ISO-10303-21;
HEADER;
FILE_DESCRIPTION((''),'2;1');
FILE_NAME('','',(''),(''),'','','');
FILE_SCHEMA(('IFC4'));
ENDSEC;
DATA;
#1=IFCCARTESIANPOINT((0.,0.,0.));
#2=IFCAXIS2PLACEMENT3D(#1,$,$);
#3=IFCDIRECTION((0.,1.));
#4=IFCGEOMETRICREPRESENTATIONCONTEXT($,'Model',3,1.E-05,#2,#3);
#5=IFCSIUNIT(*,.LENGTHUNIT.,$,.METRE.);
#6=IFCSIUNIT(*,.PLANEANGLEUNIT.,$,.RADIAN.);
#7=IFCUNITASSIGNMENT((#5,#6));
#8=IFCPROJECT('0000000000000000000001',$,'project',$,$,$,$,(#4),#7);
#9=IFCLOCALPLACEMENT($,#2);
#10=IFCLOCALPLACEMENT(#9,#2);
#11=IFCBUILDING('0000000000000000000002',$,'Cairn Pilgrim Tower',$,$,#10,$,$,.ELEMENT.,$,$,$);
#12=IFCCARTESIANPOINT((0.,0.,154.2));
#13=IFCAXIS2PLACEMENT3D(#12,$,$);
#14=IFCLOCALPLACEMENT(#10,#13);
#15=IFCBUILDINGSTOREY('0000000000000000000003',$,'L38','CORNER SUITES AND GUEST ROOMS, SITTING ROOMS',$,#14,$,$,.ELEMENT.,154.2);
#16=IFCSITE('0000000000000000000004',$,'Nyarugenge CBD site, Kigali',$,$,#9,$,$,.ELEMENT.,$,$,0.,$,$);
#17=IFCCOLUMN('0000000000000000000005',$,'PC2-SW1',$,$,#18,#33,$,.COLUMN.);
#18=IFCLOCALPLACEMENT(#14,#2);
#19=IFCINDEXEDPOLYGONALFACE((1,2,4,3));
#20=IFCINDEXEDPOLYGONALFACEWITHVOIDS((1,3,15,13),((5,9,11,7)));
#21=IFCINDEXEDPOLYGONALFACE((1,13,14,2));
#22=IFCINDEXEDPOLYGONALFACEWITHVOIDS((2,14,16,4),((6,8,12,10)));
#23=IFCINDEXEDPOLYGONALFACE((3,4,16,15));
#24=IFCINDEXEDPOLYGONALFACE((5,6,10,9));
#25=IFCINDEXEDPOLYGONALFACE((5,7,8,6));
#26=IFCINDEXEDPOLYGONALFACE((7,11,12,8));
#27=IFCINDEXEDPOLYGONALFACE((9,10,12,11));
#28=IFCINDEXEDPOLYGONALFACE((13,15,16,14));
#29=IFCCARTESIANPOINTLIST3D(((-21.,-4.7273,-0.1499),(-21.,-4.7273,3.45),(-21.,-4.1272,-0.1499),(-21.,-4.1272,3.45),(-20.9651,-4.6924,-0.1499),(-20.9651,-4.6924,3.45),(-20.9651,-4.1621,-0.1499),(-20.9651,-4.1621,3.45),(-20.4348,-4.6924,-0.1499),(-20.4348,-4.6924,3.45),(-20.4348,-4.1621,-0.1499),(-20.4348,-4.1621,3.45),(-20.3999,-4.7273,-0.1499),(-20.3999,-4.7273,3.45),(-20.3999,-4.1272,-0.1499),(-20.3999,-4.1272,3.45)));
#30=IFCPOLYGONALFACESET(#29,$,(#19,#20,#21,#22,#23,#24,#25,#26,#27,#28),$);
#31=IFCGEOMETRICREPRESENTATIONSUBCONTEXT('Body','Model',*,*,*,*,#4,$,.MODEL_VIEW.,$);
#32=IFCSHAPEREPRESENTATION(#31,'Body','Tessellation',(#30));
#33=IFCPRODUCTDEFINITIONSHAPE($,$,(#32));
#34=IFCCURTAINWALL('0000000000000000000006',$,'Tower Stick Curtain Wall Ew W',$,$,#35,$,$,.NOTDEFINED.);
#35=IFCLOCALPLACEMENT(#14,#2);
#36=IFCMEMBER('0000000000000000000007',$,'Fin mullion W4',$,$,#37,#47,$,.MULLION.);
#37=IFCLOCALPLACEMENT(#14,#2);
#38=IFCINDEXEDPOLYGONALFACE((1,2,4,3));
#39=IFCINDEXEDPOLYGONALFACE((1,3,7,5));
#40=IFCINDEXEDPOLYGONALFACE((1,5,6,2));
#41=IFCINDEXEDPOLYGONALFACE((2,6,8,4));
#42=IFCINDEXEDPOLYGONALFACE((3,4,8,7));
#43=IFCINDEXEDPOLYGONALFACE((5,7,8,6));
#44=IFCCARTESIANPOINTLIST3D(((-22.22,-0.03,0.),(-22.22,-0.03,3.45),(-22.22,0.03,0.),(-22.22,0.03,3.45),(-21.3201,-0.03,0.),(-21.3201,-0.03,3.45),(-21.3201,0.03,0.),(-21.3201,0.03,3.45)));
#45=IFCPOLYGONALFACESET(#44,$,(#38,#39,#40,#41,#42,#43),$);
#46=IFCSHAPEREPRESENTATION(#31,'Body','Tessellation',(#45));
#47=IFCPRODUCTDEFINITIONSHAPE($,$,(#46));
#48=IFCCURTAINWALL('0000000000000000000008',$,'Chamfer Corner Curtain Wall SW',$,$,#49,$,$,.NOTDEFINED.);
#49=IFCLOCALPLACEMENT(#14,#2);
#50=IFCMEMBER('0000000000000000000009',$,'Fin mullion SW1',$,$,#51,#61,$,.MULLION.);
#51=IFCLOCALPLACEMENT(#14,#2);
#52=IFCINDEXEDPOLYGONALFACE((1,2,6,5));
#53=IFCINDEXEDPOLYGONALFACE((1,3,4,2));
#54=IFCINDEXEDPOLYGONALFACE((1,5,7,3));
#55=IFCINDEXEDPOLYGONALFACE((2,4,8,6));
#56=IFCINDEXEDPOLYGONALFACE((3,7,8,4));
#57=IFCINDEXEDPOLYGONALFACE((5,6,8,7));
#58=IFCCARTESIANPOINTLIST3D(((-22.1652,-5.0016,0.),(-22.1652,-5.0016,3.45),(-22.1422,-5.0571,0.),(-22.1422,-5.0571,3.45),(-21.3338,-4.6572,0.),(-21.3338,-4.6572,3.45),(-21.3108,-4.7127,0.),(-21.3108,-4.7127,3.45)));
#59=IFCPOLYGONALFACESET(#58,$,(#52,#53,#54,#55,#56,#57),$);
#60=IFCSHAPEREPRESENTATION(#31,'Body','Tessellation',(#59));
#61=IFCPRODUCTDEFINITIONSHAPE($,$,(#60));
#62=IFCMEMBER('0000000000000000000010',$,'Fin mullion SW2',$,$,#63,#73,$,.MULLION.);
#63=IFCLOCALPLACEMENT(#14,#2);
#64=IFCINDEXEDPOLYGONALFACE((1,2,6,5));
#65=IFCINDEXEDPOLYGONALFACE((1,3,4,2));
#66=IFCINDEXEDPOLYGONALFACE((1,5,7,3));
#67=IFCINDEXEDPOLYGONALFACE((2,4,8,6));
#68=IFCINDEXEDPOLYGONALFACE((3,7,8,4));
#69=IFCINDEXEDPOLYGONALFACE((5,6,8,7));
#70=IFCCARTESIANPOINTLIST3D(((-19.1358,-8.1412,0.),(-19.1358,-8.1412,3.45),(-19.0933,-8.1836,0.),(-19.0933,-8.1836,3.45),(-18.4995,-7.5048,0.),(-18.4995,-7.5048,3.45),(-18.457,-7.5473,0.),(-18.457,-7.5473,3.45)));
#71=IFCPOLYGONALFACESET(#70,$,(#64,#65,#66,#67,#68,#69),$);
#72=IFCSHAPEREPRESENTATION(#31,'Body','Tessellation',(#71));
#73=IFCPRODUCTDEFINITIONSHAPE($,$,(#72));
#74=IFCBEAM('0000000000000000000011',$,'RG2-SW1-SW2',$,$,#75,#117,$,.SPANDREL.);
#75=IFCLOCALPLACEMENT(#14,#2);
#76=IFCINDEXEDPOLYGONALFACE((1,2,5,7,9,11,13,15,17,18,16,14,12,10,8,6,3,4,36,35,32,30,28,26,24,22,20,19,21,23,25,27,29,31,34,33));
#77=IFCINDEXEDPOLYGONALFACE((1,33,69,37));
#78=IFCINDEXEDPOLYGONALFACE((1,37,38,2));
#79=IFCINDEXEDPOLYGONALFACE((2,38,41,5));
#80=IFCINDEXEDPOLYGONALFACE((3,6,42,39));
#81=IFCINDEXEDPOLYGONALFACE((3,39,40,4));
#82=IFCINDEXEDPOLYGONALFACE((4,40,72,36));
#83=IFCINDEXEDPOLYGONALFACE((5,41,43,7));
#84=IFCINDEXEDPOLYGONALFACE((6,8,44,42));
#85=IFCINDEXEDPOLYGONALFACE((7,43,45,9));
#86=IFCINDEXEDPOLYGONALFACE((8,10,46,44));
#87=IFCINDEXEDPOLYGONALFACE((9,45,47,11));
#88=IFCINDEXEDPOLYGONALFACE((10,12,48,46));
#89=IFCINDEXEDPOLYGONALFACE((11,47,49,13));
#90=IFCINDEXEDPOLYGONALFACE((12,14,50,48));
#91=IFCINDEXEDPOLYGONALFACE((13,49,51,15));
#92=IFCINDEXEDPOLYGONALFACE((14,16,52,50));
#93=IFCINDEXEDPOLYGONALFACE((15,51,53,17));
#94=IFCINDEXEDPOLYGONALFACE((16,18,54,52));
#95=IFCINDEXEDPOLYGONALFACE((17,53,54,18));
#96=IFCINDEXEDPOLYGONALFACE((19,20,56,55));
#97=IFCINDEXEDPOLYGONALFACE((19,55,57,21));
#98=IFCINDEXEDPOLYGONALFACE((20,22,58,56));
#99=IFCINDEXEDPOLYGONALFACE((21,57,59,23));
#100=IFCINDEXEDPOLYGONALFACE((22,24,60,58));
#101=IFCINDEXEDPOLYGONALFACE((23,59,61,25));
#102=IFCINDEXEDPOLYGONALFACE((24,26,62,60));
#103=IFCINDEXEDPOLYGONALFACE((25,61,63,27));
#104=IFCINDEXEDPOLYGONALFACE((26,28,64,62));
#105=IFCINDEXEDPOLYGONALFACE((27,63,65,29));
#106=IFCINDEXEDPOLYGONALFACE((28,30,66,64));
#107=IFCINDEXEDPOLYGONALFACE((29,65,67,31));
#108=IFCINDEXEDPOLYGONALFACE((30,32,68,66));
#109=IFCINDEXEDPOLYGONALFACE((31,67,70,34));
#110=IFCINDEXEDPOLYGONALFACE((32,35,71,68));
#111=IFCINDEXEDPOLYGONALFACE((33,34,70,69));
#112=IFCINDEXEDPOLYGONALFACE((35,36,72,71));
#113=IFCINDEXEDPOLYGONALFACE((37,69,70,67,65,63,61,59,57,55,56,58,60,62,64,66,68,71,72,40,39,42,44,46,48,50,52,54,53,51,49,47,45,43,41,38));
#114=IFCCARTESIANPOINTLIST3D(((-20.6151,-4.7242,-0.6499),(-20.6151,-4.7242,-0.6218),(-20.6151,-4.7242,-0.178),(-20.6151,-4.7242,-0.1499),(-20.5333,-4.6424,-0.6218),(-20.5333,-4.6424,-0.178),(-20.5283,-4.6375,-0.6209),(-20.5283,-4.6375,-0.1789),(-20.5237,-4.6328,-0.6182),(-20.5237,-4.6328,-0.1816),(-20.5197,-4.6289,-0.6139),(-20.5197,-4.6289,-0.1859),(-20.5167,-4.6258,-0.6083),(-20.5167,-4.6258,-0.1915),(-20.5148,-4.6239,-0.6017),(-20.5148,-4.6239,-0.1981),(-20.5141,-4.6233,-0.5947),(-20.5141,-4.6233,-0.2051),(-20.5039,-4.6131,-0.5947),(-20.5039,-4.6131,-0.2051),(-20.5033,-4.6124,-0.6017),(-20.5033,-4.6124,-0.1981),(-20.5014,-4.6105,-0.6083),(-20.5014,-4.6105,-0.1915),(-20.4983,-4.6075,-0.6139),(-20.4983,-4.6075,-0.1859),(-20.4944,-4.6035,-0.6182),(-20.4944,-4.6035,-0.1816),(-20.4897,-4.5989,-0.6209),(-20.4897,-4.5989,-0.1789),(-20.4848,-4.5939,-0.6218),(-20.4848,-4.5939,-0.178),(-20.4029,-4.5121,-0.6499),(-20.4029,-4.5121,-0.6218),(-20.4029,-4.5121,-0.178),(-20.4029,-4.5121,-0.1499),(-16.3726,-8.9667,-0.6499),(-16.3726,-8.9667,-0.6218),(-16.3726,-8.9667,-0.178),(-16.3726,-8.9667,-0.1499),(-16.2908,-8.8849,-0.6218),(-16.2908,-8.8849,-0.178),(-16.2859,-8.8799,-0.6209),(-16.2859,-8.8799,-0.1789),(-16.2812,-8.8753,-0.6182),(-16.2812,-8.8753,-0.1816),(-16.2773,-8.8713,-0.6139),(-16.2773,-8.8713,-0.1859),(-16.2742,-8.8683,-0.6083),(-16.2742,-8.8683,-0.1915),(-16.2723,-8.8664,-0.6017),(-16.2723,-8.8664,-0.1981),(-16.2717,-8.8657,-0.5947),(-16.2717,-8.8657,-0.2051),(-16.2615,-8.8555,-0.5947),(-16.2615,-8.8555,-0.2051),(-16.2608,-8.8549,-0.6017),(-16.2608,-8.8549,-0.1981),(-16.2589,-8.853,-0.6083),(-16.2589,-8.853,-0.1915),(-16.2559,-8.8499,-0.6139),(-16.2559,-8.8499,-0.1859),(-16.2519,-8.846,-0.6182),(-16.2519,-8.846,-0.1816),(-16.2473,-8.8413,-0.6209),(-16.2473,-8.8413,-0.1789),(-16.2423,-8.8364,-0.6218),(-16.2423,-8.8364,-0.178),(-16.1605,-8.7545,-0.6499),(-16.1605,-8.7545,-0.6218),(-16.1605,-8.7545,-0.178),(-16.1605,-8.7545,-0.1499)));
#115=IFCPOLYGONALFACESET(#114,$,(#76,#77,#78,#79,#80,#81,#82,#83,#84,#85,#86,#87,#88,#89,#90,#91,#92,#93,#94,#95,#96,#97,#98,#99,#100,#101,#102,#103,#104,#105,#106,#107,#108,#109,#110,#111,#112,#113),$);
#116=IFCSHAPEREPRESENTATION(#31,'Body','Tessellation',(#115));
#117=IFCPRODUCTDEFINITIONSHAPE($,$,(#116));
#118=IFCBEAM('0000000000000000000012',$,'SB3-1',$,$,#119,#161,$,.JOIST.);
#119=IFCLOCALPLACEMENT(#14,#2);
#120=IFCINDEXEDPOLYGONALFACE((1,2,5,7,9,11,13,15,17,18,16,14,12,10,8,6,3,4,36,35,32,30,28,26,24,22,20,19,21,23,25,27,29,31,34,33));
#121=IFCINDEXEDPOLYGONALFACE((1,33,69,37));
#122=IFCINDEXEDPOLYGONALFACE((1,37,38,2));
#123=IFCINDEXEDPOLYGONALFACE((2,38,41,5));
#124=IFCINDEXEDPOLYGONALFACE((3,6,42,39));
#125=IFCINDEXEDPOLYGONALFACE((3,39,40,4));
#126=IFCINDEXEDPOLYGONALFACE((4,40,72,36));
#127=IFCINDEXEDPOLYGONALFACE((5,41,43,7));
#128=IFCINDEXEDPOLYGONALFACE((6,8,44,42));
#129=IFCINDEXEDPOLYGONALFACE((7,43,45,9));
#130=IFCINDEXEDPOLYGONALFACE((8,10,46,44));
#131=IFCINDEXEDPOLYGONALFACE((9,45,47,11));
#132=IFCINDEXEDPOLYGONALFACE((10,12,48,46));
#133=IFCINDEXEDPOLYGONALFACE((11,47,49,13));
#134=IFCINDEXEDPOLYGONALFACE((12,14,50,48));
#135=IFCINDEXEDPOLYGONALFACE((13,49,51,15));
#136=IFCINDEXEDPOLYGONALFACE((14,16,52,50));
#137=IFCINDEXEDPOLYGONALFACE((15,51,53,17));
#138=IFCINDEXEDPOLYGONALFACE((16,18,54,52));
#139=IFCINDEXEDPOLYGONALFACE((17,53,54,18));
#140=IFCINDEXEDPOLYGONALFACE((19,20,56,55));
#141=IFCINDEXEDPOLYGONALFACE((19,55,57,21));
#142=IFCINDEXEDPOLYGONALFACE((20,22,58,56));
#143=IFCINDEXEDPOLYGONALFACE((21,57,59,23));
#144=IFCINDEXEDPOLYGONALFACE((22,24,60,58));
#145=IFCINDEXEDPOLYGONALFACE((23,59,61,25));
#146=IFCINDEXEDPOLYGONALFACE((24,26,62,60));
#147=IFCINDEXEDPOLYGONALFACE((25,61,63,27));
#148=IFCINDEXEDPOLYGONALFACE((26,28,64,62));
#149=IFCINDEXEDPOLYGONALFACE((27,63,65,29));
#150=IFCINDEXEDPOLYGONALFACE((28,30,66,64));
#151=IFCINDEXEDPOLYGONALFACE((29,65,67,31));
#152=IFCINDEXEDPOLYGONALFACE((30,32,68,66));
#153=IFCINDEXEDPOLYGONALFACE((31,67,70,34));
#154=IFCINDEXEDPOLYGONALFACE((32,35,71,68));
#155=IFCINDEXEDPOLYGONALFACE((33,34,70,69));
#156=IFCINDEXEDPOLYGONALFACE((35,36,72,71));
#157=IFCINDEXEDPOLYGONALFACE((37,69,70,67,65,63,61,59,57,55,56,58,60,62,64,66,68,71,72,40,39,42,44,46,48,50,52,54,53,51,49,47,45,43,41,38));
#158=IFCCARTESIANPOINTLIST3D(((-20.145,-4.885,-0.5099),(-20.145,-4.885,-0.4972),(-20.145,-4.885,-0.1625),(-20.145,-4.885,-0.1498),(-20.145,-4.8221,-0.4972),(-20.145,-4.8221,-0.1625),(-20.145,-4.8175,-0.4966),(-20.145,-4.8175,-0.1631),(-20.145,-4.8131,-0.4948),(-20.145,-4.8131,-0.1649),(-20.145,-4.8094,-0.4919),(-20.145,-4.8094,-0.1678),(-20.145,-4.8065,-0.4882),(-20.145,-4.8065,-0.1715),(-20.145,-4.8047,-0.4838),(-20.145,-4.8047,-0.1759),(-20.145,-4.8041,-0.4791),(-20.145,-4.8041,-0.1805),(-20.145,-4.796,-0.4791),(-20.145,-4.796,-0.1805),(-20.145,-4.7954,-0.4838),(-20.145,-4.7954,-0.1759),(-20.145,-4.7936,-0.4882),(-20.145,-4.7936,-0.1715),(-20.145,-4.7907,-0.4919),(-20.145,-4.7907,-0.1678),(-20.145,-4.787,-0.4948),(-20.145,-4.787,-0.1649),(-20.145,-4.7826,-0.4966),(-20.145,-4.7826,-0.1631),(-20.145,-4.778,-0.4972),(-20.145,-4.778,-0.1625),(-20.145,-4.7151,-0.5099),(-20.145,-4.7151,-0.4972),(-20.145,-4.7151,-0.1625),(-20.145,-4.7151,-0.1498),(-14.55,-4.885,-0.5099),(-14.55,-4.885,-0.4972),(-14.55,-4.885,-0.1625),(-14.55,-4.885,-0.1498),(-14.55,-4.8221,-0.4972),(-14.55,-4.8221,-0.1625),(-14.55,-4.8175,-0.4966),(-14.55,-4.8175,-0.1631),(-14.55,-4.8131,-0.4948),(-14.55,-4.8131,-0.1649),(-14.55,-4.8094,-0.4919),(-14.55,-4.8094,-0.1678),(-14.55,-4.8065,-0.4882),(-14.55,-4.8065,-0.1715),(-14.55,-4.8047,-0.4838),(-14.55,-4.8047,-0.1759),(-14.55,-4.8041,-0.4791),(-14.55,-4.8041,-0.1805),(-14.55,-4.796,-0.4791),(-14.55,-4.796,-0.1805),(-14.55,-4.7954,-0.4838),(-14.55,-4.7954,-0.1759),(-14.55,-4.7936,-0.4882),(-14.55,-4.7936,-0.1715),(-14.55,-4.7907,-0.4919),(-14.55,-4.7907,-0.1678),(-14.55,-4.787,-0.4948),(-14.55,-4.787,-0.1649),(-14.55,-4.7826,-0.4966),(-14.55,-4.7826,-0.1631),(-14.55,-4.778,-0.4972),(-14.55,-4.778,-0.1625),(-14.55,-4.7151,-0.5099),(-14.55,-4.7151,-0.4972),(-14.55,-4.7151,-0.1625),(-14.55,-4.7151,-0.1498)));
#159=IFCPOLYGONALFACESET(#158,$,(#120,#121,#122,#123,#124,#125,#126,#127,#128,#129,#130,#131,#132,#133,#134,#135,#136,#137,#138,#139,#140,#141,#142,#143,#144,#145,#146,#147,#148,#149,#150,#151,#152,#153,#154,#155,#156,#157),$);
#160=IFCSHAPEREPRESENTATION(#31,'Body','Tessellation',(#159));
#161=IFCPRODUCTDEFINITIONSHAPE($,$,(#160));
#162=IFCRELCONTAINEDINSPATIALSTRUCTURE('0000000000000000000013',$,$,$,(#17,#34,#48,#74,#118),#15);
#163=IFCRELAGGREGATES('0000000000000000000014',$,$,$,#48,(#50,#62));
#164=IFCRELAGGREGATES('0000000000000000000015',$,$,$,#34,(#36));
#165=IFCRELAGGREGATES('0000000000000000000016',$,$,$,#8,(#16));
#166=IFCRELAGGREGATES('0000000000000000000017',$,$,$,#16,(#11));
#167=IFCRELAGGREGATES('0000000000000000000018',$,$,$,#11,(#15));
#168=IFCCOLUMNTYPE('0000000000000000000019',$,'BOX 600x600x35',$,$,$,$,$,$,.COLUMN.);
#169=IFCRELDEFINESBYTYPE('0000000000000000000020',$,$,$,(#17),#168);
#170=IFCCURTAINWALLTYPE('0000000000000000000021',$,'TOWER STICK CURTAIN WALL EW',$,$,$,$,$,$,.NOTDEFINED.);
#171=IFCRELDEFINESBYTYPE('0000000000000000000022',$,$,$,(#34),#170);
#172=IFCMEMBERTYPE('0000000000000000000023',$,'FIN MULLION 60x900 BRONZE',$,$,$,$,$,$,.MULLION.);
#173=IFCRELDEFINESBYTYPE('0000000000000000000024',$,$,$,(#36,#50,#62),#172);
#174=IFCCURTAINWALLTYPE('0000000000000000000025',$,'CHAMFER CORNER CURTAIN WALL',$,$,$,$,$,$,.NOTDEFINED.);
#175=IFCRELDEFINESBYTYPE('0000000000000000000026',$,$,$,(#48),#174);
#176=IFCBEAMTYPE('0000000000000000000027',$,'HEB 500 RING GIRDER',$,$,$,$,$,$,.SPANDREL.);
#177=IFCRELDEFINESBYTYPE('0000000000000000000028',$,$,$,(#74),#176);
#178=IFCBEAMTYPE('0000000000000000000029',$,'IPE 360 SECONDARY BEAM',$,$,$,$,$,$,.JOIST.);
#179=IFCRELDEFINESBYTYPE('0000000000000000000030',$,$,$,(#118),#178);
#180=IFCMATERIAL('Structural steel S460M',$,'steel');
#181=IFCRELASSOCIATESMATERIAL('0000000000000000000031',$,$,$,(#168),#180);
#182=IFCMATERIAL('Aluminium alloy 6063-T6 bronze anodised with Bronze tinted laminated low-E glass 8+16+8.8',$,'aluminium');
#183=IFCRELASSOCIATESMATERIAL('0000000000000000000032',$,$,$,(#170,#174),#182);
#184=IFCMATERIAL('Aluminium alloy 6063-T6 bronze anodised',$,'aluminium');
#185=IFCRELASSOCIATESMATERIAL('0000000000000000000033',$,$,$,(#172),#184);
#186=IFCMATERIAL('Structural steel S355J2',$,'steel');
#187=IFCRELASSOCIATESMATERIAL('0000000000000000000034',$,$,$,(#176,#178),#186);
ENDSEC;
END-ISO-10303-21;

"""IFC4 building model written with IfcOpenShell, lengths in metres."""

from ifc_helpers import new_model, si_unit, direction, frame, origin, origin_2d, place, context, subcontext, project, spatial, rectangle, hollow_rectangle, i_section, extrude, material, material_profile, profile_set, type_object, element, aggregate, save


model = new_model("IFC4")

# Units and contexts
model_context = context("Model", 3, precision=1e-05, world=origin(), true_north=direction((0.0, 1.0)))
body_context = subcontext(model_context, "Body", "Model", "MODEL_VIEW")
ifc_project = project(units=[si_unit("LENGTHUNIT", "METRE"), si_unit("PLANEANGLEUNIT", "RADIAN")], contexts=[model_context])

# Site, building, storey
site_placement = place(None, origin())
site = spatial("IfcSite", under=ifc_project, at=site_placement, Name="Nyarugenge CBD site, Kigali", CompositionType="ELEMENT", RefElevation=0.0)
building_placement = place(site_placement, origin())
building = spatial("IfcBuilding", under=site, at=building_placement, Name="Cairn Pilgrim Tower", CompositionType="ELEMENT")
storey_placement = place(building_placement, frame((0.0, 0.0, 154.2)))
storey = spatial("IfcBuildingStorey", under=building, at=storey_placement, Name="L38", Description="CORNER SUITES AND GUEST ROOMS, SITTING ROOMS", CompositionType="ELEMENT", Elevation=154.2)

# Column
ifc_material_1 = material(Name="Structural steel S460M", Category="steel")
ifc_material_profile_1 = material_profile(ifc_material_1, hollow_rectangle(XDim=0.6001, YDim=0.6001, WallThickness=0.0349, at=origin_2d()), Name="BOX 600x600x35")
ifc_profile_set_1 = profile_set([ifc_material_profile_1], Name="Structural steel S460M")
column_type = type_object("IfcColumnType", Name="BOX 600x600x35", PredefinedType="COLUMN", material=ifc_profile_set_1)
column_placement = place(storey_placement, frame((-20.7, -4.4272, -0.1499), z_axis=(0.0, 0.0, 1.0), x_axis=(1.0, 0.0, 0.0)))
element("IfcColumn", 1, at=column_placement, inside=storey, type_object=column_type, Name="PC2-SW1", PredefinedType="COLUMN", context=body_context, shape_type="SweptSolid", body=[
    extrude(hollow_rectangle(XDim=0.6001, YDim=0.6001, WallThickness=0.0349, at=origin_2d()), origin(), (0.0, 0.0, 1.0), 3.5999),
])

# Curtain wall, member
ifc_material_2 = material(Name="Aluminium alloy 6063-T6 bronze anodised with Bronze tinted laminated low-E glass 8+16+8.8", Category="aluminium")
curtain_wall_type_1 = type_object("IfcCurtainWallType", Name="TOWER STICK CURTAIN WALL EW", PredefinedType="NOTDEFINED", material=ifc_material_2)
curtain_wall_1_placement = place(storey_placement, origin())
curtain_wall_1 = element("IfcCurtainWall", 2, at=curtain_wall_1_placement, inside=storey, type_object=curtain_wall_type_1, Name="Tower Stick Curtain Wall Ew W", PredefinedType="NOTDEFINED")
ifc_material_3 = material(Name="Aluminium alloy 6063-T6 bronze anodised", Category="aluminium")
ifc_material_profile_2 = material_profile(ifc_material_3, rectangle(XDim=0.8999, YDim=0.0601, at=origin_2d()), Name="FIN MULLION 60x900 BRONZE")
ifc_profile_set_2 = profile_set([ifc_material_profile_2], Name="Aluminium alloy 6063-T6 bronze anodised")
member_type_1 = type_object("IfcMemberType", Name="FIN MULLION 60x900 BRONZE", PredefinedType="MULLION", material=ifc_profile_set_2)
member_1_placement = place(storey_placement, frame((-21.77, 0.0, 0.0), z_axis=(0.0, 0.0, 1.0), x_axis=(-1.0, 0.0, 0.0)))
member_1 = element("IfcMember", 3, at=member_1_placement, type_object=member_type_1, Name="Fin mullion W4", PredefinedType="MULLION", context=body_context, shape_type="SweptSolid", body=[
    extrude(rectangle(XDim=0.8999, YDim=0.0601, at=origin_2d()), origin(), (0.0, 0.0, 1.0), 3.45),
])

# Curtain wall, members
curtain_wall_type_2 = type_object("IfcCurtainWallType", Name="CHAMFER CORNER CURTAIN WALL", PredefinedType="NOTDEFINED", material=ifc_material_2)
curtain_wall_2_placement = place(storey_placement, origin())
curtain_wall_2 = element("IfcCurtainWall", 4, at=curtain_wall_2_placement, inside=storey, type_object=curtain_wall_type_2, Name="Chamfer Corner Curtain Wall SW", PredefinedType="NOTDEFINED")
member_2_placement = place(storey_placement, frame((-21.738, -4.8572, 0.0), z_axis=(0.0, 0.0, 1.0), x_axis=(-0.92388, -0.382683, 0.0)))
member_2 = element("IfcMember", 5, at=member_2_placement, type_object=member_type_1, Name="Fin mullion SW1", PredefinedType="MULLION", context=body_context, shape_type="SweptSolid", body=[
    extrude(rectangle(XDim=0.8999, YDim=0.0601, at=origin_2d()), origin(), (0.0, 0.0, 1.0), 3.45),
])
member_3_placement = place(storey_placement, frame((-18.7964, -7.8442, 0.0), z_axis=(0.0, 0.0, 1.0), x_axis=(-0.707107, -0.707107, 0.0)))
member_3 = element("IfcMember", 6, at=member_3_placement, type_object=member_type_1, Name="Fin mullion SW2", PredefinedType="MULLION", context=body_context, shape_type="SweptSolid", body=[
    extrude(rectangle(XDim=0.8999, YDim=0.0601, at=origin_2d()), origin(), (0.0, 0.0, 1.0), 3.45),
])

# Beams
ifc_material_4 = material(Name="Structural steel S355J2", Category="steel")
ifc_material_profile_3 = material_profile(ifc_material_4, i_section(OverallWidth=0.3, OverallDepth=0.5, WebThickness=0.0144, FlangeThickness=0.0281, FilletRadius=0.0271, at=origin_2d()), Name="HEB 500")
ifc_profile_set_3 = profile_set([ifc_material_profile_3], Name="Structural steel S355J2")
beam_type_1 = type_object("IfcBeamType", Name="HEB 500 RING GIRDER", PredefinedType="SPANDREL", material=ifc_profile_set_3)
beam_1_placement = place(storey_placement, frame((-20.509, -4.6182, -0.3999), z_axis=(0.707107, -0.707107, 0.0), x_axis=(0.707107, 0.707107, 0.0)))
element("IfcBeam", 7, at=beam_1_placement, inside=storey, type_object=beam_type_1, Name="RG2-SW1-SW2", PredefinedType="SPANDREL", context=body_context, shape_type="SweptSolid", body=[
    extrude(i_section(OverallWidth=0.3, OverallDepth=0.5, WebThickness=0.0144, FlangeThickness=0.0281, FilletRadius=0.0271, at=origin_2d()), origin(), (0.0, 0.0, 1.0), 5.9998),
])
ifc_material_profile_4 = material_profile(ifc_material_4, i_section(OverallWidth=0.1699, OverallDepth=0.3601, WebThickness=0.0081, FlangeThickness=0.0127, FilletRadius=0.0181, at=origin_2d()), Name="IPE 360")
ifc_profile_set_4 = profile_set([ifc_material_profile_4], Name="Structural steel S355J2")
beam_type_2 = type_object("IfcBeamType", Name="IPE 360 SECONDARY BEAM", PredefinedType="JOIST", material=ifc_profile_set_4)
beam_2_placement = place(storey_placement, frame((-20.145, -4.8, -0.3298), z_axis=(1.0, 0.0, 0.0), x_axis=(0.0, 1.0, 0.0)))
element("IfcBeam", 8, at=beam_2_placement, inside=storey, type_object=beam_type_2, Name="SB3-1", PredefinedType="JOIST", context=body_context, shape_type="SweptSolid", body=[
    extrude(i_section(OverallWidth=0.1699, OverallDepth=0.3601, WebThickness=0.0081, FlangeThickness=0.0127, FilletRadius=0.0181, at=origin_2d()), origin(), (0.0, 0.0, 1.0), 5.595),
])

aggregate(curtain_wall_2, [member_2, member_3])

aggregate(curtain_wall_1, [member_1])

save(model, "model.ifc")
